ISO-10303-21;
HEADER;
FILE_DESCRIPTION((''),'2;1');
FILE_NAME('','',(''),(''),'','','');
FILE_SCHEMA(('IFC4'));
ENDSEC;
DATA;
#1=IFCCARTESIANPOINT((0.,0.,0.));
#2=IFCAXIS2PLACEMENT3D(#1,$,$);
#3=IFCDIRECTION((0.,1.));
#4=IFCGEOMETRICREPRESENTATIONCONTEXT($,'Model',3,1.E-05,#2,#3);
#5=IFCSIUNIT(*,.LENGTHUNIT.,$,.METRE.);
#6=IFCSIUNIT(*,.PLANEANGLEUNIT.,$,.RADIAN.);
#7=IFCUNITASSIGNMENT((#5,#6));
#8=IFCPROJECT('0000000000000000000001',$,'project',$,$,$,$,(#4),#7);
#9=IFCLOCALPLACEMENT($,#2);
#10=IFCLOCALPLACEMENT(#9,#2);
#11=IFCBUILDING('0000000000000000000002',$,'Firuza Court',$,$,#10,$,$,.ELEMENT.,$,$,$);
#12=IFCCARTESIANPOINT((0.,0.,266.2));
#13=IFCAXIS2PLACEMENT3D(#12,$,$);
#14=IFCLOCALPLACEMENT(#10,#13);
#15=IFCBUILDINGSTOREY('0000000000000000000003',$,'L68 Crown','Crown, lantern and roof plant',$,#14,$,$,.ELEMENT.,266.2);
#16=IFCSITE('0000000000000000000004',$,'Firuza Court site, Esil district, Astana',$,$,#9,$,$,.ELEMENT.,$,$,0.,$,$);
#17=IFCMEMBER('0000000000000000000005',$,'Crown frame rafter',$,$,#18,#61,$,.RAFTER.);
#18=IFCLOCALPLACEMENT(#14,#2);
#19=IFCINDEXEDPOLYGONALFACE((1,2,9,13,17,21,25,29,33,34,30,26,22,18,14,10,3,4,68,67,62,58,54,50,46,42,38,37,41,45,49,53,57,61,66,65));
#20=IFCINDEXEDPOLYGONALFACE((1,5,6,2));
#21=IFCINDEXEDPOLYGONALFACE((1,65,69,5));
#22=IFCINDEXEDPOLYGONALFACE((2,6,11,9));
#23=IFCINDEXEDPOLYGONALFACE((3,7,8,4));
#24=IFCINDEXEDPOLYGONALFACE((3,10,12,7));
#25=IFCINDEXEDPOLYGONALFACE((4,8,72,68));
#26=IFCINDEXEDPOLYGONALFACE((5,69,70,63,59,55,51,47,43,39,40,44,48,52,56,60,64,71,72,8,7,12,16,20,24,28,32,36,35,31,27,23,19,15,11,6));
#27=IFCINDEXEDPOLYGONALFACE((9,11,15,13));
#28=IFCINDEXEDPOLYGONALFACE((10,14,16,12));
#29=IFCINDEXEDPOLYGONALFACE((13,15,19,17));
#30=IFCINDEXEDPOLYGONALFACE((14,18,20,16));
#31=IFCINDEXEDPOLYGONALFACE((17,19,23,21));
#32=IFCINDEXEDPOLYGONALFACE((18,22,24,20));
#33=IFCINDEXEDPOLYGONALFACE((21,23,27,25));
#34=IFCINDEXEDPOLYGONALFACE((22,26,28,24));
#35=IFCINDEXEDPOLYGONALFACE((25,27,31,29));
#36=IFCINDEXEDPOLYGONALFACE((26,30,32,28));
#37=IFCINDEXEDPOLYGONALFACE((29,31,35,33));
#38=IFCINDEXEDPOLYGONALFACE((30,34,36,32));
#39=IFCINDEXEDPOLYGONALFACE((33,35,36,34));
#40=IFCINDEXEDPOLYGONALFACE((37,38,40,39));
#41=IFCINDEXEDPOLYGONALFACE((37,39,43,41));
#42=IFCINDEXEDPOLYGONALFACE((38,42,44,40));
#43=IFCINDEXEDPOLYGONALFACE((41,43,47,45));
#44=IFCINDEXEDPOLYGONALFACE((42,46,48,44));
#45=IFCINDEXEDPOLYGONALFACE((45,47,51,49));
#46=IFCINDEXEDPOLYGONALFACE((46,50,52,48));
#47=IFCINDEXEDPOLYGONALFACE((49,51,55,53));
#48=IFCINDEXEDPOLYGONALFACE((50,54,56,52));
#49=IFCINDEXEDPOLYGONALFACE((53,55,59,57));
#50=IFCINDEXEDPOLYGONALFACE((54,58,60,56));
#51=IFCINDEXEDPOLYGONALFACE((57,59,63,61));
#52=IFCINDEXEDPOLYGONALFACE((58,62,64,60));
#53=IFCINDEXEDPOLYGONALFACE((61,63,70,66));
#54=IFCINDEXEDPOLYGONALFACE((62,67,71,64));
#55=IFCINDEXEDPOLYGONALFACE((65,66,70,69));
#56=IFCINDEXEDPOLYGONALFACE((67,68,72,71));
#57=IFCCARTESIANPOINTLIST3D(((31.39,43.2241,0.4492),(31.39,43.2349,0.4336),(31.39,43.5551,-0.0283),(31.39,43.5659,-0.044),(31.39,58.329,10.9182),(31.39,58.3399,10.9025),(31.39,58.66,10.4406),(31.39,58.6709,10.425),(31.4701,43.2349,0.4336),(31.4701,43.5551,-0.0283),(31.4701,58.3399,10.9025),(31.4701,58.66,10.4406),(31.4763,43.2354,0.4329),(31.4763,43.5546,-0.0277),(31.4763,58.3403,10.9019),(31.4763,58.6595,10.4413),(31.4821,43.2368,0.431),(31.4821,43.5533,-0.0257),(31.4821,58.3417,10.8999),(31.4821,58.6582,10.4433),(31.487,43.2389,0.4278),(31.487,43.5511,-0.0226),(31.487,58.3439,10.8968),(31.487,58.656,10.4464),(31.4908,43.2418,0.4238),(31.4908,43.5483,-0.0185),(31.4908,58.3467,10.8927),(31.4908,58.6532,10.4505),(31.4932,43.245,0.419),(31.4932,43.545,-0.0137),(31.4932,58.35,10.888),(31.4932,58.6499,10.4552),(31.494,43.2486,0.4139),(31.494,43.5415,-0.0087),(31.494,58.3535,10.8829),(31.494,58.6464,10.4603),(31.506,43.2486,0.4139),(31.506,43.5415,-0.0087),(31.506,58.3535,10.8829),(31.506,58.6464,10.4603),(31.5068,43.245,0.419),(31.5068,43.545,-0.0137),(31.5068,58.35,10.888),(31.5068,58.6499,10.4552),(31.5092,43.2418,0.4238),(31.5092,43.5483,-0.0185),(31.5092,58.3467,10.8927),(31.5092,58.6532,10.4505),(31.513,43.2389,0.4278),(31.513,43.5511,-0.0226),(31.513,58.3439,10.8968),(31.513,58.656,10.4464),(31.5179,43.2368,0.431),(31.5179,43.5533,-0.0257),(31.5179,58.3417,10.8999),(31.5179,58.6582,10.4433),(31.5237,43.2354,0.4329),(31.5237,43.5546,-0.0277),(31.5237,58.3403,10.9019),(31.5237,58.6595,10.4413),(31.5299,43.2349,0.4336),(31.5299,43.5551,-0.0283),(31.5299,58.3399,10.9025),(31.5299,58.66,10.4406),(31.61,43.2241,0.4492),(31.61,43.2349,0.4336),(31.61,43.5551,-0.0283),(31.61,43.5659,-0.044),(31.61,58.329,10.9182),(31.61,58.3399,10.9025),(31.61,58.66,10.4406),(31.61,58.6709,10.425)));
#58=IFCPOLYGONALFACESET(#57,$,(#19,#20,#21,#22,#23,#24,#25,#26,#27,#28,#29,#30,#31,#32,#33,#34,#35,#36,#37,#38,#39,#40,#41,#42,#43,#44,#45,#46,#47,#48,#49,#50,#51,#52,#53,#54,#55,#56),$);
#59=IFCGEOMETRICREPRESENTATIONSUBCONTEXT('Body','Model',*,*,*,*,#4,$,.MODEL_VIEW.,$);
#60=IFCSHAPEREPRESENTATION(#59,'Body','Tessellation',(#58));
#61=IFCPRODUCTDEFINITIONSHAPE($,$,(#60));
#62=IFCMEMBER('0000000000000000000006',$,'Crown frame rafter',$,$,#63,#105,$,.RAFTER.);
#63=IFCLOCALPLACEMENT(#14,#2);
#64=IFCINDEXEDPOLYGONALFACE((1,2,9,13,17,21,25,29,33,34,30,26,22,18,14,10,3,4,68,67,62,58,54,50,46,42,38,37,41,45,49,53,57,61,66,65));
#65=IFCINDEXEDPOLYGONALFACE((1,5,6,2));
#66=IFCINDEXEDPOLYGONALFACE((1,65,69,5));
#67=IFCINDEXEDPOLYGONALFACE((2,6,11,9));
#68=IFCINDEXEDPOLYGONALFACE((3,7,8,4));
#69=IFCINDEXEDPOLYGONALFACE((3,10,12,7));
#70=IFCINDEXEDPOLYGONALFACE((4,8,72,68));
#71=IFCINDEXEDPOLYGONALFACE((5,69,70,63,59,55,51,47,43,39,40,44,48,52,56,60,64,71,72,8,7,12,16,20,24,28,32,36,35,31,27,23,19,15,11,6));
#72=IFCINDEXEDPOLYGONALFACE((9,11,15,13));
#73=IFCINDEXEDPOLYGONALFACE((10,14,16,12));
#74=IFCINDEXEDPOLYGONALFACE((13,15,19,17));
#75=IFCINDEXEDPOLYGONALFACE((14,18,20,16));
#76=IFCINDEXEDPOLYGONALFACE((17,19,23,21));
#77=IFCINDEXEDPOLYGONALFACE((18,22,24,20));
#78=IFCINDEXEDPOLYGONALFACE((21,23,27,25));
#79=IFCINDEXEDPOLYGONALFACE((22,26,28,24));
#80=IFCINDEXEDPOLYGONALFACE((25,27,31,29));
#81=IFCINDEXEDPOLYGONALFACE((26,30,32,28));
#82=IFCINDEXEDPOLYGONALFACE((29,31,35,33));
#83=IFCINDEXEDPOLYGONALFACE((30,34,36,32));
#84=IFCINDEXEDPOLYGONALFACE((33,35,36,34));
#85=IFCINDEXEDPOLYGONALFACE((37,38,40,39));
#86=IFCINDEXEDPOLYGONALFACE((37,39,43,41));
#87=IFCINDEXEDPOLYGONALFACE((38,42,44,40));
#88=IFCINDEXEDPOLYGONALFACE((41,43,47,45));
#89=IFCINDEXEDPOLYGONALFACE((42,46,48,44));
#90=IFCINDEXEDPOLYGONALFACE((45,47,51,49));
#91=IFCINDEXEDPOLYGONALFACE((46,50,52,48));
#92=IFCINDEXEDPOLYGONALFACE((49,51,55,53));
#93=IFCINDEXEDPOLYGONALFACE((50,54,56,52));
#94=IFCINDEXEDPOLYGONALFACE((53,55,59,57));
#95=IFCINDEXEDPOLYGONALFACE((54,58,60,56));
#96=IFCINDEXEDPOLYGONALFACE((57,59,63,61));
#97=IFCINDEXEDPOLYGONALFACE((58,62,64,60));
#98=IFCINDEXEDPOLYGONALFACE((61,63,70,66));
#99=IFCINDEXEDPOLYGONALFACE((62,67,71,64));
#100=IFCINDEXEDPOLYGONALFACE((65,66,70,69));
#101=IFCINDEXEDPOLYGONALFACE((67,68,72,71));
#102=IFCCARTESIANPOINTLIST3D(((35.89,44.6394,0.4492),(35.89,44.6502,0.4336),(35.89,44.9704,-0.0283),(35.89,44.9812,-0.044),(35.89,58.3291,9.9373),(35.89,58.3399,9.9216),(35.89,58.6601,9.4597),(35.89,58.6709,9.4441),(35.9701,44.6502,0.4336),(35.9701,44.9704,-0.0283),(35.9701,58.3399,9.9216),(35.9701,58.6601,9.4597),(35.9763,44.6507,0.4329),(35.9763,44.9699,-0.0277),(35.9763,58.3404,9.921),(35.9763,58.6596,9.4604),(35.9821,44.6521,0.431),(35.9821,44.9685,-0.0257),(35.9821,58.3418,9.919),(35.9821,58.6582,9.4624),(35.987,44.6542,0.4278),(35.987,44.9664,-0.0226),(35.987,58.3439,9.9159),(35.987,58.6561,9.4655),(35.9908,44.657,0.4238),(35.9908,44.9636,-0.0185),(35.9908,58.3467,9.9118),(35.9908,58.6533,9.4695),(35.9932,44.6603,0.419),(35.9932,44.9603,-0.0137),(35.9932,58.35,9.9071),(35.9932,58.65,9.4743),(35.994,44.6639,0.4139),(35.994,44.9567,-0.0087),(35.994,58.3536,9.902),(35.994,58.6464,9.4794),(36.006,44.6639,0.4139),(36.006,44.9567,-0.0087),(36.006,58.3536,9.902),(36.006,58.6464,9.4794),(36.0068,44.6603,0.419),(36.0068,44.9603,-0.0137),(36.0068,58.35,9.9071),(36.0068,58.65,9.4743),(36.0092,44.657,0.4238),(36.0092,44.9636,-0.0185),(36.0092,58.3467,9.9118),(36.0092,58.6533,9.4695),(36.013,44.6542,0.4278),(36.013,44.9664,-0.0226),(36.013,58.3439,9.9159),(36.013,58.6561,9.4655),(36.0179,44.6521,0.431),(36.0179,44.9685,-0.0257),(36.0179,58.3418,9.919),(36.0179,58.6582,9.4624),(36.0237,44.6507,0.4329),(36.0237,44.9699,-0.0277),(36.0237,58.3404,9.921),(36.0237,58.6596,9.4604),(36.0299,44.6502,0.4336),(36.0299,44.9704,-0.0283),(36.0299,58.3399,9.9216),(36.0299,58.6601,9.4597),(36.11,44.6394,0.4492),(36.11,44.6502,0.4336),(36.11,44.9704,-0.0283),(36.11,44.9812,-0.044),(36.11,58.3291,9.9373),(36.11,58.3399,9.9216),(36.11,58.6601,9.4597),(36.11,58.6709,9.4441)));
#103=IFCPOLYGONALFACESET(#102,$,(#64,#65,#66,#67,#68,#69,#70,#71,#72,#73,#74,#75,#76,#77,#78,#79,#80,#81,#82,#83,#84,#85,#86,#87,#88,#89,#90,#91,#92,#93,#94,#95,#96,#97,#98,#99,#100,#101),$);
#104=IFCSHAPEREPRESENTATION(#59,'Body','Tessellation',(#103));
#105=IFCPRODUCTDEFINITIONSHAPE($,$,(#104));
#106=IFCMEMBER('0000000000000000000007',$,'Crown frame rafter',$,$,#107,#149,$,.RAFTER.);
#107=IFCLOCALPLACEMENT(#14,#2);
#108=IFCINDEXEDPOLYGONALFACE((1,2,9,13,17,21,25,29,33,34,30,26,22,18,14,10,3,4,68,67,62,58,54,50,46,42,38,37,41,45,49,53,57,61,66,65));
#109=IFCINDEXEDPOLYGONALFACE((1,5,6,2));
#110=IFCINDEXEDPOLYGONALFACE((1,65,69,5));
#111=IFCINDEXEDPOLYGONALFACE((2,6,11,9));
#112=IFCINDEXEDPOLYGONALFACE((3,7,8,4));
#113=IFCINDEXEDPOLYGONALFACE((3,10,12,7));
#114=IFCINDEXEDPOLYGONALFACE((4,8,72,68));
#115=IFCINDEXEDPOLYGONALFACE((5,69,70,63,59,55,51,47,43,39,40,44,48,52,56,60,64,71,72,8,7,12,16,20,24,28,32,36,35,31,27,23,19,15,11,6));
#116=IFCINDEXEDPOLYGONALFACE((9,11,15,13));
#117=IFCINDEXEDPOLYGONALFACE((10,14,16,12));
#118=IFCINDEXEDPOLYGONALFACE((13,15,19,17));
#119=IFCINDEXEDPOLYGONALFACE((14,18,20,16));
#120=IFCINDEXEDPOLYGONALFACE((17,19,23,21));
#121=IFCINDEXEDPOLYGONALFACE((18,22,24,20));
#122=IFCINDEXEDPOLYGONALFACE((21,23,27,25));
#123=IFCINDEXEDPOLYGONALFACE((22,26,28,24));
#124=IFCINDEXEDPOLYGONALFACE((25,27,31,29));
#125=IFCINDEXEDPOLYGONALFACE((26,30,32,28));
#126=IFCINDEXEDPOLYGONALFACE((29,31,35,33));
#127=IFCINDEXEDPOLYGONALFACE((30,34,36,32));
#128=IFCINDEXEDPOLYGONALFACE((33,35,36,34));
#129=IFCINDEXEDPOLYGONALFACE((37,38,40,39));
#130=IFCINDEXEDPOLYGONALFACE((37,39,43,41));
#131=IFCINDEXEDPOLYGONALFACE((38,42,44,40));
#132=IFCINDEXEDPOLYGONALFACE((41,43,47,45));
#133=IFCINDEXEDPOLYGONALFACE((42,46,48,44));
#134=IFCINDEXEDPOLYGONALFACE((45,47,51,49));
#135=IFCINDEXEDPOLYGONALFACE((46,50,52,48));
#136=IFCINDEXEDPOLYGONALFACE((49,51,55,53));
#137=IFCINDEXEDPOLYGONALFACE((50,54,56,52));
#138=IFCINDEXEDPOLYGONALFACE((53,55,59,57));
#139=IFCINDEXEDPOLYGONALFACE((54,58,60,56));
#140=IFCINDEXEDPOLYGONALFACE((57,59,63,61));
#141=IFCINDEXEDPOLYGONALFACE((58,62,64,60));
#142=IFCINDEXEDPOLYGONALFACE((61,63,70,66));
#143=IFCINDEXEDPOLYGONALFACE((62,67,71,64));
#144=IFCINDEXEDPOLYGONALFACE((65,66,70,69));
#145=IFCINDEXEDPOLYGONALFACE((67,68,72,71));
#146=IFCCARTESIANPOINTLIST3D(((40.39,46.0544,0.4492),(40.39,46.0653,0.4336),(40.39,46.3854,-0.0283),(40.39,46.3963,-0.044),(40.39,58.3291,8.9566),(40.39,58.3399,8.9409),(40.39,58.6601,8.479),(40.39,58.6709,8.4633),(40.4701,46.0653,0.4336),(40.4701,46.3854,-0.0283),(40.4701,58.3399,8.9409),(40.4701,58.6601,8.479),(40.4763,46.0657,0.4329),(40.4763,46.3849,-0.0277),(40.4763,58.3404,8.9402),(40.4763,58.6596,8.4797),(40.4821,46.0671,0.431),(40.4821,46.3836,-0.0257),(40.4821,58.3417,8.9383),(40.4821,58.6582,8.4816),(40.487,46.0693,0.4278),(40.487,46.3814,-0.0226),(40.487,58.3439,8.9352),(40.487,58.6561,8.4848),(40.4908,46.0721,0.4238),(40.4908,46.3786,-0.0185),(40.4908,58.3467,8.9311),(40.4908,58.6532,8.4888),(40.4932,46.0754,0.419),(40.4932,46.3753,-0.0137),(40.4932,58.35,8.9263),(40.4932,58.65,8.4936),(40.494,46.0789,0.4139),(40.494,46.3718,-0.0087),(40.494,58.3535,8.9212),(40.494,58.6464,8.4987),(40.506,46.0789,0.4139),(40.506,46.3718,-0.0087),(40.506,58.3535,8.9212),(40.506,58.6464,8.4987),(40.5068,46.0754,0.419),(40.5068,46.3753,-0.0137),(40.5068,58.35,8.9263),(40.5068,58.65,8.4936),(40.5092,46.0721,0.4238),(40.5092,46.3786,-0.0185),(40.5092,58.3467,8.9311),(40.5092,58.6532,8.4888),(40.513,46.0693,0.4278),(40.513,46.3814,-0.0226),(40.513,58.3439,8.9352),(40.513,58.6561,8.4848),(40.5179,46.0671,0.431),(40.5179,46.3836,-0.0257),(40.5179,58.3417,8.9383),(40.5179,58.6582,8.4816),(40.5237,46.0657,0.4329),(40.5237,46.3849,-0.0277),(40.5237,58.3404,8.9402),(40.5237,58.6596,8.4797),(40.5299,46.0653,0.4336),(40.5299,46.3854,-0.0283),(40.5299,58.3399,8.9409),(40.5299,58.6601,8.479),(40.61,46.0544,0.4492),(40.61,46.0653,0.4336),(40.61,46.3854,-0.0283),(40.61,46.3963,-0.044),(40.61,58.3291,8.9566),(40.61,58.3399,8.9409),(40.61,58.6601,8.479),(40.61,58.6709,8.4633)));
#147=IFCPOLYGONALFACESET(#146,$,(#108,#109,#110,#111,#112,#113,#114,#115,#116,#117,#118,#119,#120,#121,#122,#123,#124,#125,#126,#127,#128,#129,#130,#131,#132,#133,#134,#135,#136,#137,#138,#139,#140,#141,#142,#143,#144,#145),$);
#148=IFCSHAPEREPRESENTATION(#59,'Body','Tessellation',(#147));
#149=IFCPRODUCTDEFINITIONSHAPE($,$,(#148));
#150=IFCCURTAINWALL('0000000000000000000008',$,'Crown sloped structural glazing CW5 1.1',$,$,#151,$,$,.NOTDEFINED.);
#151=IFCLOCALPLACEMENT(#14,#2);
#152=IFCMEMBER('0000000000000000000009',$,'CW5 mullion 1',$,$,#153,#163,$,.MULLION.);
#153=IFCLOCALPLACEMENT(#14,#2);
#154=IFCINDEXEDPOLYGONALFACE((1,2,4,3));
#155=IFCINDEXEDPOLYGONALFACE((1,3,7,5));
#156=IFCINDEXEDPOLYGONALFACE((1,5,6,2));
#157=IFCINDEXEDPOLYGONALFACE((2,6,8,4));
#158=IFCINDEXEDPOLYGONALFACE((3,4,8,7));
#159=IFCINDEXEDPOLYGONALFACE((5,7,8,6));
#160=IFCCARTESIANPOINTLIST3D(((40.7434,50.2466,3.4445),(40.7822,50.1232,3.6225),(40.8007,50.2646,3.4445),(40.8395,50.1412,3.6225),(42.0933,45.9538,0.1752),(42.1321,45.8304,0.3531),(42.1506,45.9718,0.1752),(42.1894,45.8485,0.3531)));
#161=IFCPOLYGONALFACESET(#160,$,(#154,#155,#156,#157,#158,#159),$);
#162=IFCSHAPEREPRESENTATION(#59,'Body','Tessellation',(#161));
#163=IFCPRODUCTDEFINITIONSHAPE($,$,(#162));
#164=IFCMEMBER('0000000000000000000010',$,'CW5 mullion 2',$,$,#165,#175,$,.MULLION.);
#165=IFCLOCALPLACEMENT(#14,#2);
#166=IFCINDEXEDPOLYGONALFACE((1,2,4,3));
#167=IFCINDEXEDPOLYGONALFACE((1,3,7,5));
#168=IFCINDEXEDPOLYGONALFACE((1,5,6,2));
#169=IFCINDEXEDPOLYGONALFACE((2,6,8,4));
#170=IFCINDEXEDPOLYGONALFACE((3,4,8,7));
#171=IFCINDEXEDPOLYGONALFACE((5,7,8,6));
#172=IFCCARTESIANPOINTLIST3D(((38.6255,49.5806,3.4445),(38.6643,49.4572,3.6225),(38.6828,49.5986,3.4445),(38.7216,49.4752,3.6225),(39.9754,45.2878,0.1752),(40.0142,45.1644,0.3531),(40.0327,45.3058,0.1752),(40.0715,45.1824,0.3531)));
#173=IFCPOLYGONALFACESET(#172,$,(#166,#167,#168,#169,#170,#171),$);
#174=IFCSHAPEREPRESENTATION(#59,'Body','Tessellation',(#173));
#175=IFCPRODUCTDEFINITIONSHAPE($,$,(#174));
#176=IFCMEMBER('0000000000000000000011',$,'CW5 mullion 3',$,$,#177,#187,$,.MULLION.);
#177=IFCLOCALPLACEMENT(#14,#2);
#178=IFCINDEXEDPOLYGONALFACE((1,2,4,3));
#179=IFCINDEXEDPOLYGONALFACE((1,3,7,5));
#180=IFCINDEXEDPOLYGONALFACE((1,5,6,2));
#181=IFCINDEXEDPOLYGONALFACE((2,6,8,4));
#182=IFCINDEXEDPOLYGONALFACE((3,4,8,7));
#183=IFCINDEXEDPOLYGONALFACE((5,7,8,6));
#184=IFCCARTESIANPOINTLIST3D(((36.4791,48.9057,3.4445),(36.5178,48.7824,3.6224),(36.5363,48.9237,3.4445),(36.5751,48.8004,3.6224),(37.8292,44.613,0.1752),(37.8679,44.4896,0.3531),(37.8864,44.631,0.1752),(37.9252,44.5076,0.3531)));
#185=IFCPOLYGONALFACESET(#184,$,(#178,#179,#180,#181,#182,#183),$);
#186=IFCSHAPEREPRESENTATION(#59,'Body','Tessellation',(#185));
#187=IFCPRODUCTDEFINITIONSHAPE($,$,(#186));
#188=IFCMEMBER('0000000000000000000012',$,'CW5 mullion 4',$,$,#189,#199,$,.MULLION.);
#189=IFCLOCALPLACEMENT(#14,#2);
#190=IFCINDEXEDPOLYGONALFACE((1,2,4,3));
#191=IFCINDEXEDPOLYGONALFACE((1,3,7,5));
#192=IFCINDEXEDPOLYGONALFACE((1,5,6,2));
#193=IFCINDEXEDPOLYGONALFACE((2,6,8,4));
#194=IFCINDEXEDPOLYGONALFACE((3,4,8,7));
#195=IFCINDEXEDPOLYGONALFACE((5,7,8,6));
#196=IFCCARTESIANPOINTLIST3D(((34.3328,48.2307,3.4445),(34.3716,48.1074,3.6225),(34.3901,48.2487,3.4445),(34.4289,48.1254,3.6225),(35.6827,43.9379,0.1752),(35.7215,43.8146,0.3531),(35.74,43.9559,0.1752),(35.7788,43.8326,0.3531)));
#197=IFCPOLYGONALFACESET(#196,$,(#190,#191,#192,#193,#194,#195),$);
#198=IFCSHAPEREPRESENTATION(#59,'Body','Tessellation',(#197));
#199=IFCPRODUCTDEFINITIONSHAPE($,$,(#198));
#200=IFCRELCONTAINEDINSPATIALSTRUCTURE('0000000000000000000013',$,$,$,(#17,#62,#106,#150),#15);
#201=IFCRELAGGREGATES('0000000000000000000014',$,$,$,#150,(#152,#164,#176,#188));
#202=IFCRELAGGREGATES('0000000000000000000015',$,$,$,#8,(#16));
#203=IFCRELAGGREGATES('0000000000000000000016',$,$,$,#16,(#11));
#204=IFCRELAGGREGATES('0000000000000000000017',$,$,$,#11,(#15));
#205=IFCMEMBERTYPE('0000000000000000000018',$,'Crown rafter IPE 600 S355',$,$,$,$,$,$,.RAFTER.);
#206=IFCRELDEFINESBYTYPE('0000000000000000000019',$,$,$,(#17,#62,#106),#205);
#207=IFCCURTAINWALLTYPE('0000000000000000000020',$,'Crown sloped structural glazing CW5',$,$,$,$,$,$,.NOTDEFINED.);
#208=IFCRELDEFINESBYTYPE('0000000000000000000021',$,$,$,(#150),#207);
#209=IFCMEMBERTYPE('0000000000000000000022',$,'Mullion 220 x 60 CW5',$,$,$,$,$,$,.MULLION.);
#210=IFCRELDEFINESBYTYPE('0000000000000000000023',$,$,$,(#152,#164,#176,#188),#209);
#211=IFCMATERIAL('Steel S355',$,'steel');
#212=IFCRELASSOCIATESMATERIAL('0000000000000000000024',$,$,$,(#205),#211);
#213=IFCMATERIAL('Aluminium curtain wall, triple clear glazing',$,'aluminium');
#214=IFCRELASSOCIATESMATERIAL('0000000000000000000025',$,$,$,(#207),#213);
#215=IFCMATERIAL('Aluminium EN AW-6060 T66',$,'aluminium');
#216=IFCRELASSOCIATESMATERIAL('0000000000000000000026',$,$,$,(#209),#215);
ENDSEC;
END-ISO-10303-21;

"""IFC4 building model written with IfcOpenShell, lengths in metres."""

from ifc_helpers import new_model, si_unit, direction, frame, origin, origin_2d, place, context, subcontext, project, spatial, rectangle, i_section, extrude, material, material_profile, profile_set, type_object, element, aggregate, save


model = new_model("IFC4")

# Units and contexts
model_context = context("Model", 3, precision=1e-05, world=origin(), true_north=direction((0.0, 1.0)))
body_context = subcontext(model_context, "Body", "Model", "MODEL_VIEW")
ifc_project = project(units=[si_unit("LENGTHUNIT", "METRE"), si_unit("PLANEANGLEUNIT", "RADIAN")], contexts=[model_context])

# Site, building, storey
site_placement = place(None, origin())
site = spatial("IfcSite", under=ifc_project, at=site_placement, Name="Firuza Court site, Esil district, Astana", CompositionType="ELEMENT", RefElevation=0.0)
building_placement = place(site_placement, origin())
building = spatial("IfcBuilding", under=site, at=building_placement, Name="Firuza Court", CompositionType="ELEMENT")
storey_placement = place(building_placement, frame((0.0, 0.0, 266.2)))
storey = spatial("IfcBuildingStorey", under=building, at=storey_placement, Name="L68 Crown", Description="Crown, lantern and roof plant", CompositionType="ELEMENT", Elevation=266.2)

# Members
ifc_material_1 = material(Name="Steel S355", Category="steel")
ifc_material_profile_1 = material_profile(ifc_material_1, i_section(OverallWidth=0.22, OverallDepth=0.6001, WebThickness=0.012, FlangeThickness=0.019, FilletRadius=0.0239, at=origin_2d()), Name="IPE 600")
ifc_profile_set_1 = profile_set([ifc_material_profile_1], Name="Steel S355")
member_type_1 = type_object("IfcMemberType", Name="Crown rafter IPE 600 S355", PredefinedType="RAFTER", material=ifc_profile_set_1)
member_1_placement = place(storey_placement, frame((31.5, 43.395, 0.2026), z_axis=(0.0, 0.821894, 0.56964), x_axis=(-1.0, 0.0, 0.0)))
element("IfcMember", 1, at=member_1_placement, inside=storey, type_object=member_type_1, Name="Crown frame rafter", PredefinedType="RAFTER", context=body_context, shape_type="SweptSolid", body=[
    extrude(i_section(OverallWidth=0.22, OverallDepth=0.6001, WebThickness=0.012, FlangeThickness=0.019, FilletRadius=0.0239, at=origin_2d()), origin(), (0.0, 0.0, 1.0), 18.3782),
])
member_2_placement = place(storey_placement, frame((36.0, 44.8103, 0.2026), z_axis=(0.0, 0.821896, 0.569638), x_axis=(-1.0, 0.0, 0.0)))
element("IfcMember", 2, at=member_2_placement, inside=storey, type_object=member_type_1, Name="Crown frame rafter", PredefinedType="RAFTER", context=body_context, shape_type="SweptSolid", body=[
    extrude(i_section(OverallWidth=0.22, OverallDepth=0.6001, WebThickness=0.012, FlangeThickness=0.019, FilletRadius=0.0239, at=origin_2d()), origin(), (0.0, 0.0, 1.0), 16.6562),
])
member_3_placement = place(storey_placement, frame((40.5, 46.2253, 0.2026), z_axis=(0.0, 0.821895, 0.569639), x_axis=(-1.0, 0.0, 0.0)))
element("IfcMember", 3, at=member_3_placement, inside=storey, type_object=member_type_1, Name="Crown frame rafter", PredefinedType="RAFTER", context=body_context, shape_type="SweptSolid", body=[
    extrude(i_section(OverallWidth=0.22, OverallDepth=0.6001, WebThickness=0.012, FlangeThickness=0.019, FilletRadius=0.0239, at=origin_2d()), origin(), (0.0, 0.0, 1.0), 14.9346),
])

# Curtain wall, members
ifc_material_2 = material(Name="Aluminium curtain wall, triple clear glazing", Category="aluminium")
curtain_wall_type = type_object("IfcCurtainWallType", Name="Crown sloped structural glazing CW5", PredefinedType="NOTDEFINED", material=ifc_material_2)
curtain_wall_1_placement = place(storey_placement, origin())
curtain_wall_1 = element("IfcCurtainWall", 4, at=curtain_wall_1_placement, inside=storey, type_object=curtain_wall_type, Name="Crown sloped structural glazing CW5 1.1", PredefinedType="NOTDEFINED")
ifc_material_3 = material(Name="Aluminium EN AW-6060 T66", Category="aluminium")
ifc_material_profile_2 = material_profile(ifc_material_3, rectangle(XDim=0.0601, YDim=0.22, at=origin_2d()), Name="Mullion 220 x 60 CW5")
ifc_profile_set_2 = profile_set([ifc_material_profile_2], Name="Aluminium EN AW-6060 T66")
member_type_2 = type_object("IfcMemberType", Name="Mullion 220 x 60 CW5", PredefinedType="MULLION", material=ifc_profile_set_2)
member_4_placement = place(storey_placement, frame((42.1414, 45.9011, 0.2642), z_axis=(-0.242684, 0.77177, 0.587771), x_axis=(-0.953948, -0.29997, 0.0)))
member_4 = element("IfcMember", 5, at=member_4_placement, type_object=member_type_2, Name="CW5 mullion 1", PredefinedType="MULLION", context=body_context, shape_type="SweptSolid", body=[
    extrude(rectangle(XDim=0.0601, YDim=0.22, at=origin_2d()), origin(), (0.0, 0.0, 1.0), 5.5623),
])
member_5_placement = place(storey_placement, frame((40.0234, 45.2351, 0.2642), z_axis=(-0.242684, 0.77177, 0.587771), x_axis=(-0.953948, -0.29997, 0.0)))
member_5 = element("IfcMember", 6, at=member_5_placement, type_object=member_type_2, Name="CW5 mullion 2", PredefinedType="MULLION", context=body_context, shape_type="SweptSolid", body=[
    extrude(rectangle(XDim=0.0601, YDim=0.22, at=origin_2d()), origin(), (0.0, 0.0, 1.0), 5.5623),
])
member_6_placement = place(storey_placement, frame((37.8772, 44.5603, 0.2642), z_axis=(-0.242726, 0.771762, 0.587765), x_axis=(-0.953933, -0.30002, 0.0)))
member_6 = element("IfcMember", 7, at=member_6_placement, type_object=member_type_2, Name="CW5 mullion 3", PredefinedType="MULLION", context=body_context, shape_type="SweptSolid", body=[
    extrude(rectangle(XDim=0.0601, YDim=0.22, at=origin_2d()), origin(), (0.0, 0.0, 1.0), 5.5623),
])
member_7_placement = place(storey_placement, frame((35.7307, 43.8853, 0.2642), z_axis=(-0.242684, 0.77177, 0.587771), x_axis=(-0.953948, -0.29997, 0.0)))
member_7 = element("IfcMember", 8, at=member_7_placement, type_object=member_type_2, Name="CW5 mullion 4", PredefinedType="MULLION", context=body_context, shape_type="SweptSolid", body=[
    extrude(rectangle(XDim=0.0601, YDim=0.22, at=origin_2d()), origin(), (0.0, 0.0, 1.0), 5.5623),
])

aggregate(curtain_wall_1, [member_4, member_5, member_6, member_7])

save(model, "model.ifc")
